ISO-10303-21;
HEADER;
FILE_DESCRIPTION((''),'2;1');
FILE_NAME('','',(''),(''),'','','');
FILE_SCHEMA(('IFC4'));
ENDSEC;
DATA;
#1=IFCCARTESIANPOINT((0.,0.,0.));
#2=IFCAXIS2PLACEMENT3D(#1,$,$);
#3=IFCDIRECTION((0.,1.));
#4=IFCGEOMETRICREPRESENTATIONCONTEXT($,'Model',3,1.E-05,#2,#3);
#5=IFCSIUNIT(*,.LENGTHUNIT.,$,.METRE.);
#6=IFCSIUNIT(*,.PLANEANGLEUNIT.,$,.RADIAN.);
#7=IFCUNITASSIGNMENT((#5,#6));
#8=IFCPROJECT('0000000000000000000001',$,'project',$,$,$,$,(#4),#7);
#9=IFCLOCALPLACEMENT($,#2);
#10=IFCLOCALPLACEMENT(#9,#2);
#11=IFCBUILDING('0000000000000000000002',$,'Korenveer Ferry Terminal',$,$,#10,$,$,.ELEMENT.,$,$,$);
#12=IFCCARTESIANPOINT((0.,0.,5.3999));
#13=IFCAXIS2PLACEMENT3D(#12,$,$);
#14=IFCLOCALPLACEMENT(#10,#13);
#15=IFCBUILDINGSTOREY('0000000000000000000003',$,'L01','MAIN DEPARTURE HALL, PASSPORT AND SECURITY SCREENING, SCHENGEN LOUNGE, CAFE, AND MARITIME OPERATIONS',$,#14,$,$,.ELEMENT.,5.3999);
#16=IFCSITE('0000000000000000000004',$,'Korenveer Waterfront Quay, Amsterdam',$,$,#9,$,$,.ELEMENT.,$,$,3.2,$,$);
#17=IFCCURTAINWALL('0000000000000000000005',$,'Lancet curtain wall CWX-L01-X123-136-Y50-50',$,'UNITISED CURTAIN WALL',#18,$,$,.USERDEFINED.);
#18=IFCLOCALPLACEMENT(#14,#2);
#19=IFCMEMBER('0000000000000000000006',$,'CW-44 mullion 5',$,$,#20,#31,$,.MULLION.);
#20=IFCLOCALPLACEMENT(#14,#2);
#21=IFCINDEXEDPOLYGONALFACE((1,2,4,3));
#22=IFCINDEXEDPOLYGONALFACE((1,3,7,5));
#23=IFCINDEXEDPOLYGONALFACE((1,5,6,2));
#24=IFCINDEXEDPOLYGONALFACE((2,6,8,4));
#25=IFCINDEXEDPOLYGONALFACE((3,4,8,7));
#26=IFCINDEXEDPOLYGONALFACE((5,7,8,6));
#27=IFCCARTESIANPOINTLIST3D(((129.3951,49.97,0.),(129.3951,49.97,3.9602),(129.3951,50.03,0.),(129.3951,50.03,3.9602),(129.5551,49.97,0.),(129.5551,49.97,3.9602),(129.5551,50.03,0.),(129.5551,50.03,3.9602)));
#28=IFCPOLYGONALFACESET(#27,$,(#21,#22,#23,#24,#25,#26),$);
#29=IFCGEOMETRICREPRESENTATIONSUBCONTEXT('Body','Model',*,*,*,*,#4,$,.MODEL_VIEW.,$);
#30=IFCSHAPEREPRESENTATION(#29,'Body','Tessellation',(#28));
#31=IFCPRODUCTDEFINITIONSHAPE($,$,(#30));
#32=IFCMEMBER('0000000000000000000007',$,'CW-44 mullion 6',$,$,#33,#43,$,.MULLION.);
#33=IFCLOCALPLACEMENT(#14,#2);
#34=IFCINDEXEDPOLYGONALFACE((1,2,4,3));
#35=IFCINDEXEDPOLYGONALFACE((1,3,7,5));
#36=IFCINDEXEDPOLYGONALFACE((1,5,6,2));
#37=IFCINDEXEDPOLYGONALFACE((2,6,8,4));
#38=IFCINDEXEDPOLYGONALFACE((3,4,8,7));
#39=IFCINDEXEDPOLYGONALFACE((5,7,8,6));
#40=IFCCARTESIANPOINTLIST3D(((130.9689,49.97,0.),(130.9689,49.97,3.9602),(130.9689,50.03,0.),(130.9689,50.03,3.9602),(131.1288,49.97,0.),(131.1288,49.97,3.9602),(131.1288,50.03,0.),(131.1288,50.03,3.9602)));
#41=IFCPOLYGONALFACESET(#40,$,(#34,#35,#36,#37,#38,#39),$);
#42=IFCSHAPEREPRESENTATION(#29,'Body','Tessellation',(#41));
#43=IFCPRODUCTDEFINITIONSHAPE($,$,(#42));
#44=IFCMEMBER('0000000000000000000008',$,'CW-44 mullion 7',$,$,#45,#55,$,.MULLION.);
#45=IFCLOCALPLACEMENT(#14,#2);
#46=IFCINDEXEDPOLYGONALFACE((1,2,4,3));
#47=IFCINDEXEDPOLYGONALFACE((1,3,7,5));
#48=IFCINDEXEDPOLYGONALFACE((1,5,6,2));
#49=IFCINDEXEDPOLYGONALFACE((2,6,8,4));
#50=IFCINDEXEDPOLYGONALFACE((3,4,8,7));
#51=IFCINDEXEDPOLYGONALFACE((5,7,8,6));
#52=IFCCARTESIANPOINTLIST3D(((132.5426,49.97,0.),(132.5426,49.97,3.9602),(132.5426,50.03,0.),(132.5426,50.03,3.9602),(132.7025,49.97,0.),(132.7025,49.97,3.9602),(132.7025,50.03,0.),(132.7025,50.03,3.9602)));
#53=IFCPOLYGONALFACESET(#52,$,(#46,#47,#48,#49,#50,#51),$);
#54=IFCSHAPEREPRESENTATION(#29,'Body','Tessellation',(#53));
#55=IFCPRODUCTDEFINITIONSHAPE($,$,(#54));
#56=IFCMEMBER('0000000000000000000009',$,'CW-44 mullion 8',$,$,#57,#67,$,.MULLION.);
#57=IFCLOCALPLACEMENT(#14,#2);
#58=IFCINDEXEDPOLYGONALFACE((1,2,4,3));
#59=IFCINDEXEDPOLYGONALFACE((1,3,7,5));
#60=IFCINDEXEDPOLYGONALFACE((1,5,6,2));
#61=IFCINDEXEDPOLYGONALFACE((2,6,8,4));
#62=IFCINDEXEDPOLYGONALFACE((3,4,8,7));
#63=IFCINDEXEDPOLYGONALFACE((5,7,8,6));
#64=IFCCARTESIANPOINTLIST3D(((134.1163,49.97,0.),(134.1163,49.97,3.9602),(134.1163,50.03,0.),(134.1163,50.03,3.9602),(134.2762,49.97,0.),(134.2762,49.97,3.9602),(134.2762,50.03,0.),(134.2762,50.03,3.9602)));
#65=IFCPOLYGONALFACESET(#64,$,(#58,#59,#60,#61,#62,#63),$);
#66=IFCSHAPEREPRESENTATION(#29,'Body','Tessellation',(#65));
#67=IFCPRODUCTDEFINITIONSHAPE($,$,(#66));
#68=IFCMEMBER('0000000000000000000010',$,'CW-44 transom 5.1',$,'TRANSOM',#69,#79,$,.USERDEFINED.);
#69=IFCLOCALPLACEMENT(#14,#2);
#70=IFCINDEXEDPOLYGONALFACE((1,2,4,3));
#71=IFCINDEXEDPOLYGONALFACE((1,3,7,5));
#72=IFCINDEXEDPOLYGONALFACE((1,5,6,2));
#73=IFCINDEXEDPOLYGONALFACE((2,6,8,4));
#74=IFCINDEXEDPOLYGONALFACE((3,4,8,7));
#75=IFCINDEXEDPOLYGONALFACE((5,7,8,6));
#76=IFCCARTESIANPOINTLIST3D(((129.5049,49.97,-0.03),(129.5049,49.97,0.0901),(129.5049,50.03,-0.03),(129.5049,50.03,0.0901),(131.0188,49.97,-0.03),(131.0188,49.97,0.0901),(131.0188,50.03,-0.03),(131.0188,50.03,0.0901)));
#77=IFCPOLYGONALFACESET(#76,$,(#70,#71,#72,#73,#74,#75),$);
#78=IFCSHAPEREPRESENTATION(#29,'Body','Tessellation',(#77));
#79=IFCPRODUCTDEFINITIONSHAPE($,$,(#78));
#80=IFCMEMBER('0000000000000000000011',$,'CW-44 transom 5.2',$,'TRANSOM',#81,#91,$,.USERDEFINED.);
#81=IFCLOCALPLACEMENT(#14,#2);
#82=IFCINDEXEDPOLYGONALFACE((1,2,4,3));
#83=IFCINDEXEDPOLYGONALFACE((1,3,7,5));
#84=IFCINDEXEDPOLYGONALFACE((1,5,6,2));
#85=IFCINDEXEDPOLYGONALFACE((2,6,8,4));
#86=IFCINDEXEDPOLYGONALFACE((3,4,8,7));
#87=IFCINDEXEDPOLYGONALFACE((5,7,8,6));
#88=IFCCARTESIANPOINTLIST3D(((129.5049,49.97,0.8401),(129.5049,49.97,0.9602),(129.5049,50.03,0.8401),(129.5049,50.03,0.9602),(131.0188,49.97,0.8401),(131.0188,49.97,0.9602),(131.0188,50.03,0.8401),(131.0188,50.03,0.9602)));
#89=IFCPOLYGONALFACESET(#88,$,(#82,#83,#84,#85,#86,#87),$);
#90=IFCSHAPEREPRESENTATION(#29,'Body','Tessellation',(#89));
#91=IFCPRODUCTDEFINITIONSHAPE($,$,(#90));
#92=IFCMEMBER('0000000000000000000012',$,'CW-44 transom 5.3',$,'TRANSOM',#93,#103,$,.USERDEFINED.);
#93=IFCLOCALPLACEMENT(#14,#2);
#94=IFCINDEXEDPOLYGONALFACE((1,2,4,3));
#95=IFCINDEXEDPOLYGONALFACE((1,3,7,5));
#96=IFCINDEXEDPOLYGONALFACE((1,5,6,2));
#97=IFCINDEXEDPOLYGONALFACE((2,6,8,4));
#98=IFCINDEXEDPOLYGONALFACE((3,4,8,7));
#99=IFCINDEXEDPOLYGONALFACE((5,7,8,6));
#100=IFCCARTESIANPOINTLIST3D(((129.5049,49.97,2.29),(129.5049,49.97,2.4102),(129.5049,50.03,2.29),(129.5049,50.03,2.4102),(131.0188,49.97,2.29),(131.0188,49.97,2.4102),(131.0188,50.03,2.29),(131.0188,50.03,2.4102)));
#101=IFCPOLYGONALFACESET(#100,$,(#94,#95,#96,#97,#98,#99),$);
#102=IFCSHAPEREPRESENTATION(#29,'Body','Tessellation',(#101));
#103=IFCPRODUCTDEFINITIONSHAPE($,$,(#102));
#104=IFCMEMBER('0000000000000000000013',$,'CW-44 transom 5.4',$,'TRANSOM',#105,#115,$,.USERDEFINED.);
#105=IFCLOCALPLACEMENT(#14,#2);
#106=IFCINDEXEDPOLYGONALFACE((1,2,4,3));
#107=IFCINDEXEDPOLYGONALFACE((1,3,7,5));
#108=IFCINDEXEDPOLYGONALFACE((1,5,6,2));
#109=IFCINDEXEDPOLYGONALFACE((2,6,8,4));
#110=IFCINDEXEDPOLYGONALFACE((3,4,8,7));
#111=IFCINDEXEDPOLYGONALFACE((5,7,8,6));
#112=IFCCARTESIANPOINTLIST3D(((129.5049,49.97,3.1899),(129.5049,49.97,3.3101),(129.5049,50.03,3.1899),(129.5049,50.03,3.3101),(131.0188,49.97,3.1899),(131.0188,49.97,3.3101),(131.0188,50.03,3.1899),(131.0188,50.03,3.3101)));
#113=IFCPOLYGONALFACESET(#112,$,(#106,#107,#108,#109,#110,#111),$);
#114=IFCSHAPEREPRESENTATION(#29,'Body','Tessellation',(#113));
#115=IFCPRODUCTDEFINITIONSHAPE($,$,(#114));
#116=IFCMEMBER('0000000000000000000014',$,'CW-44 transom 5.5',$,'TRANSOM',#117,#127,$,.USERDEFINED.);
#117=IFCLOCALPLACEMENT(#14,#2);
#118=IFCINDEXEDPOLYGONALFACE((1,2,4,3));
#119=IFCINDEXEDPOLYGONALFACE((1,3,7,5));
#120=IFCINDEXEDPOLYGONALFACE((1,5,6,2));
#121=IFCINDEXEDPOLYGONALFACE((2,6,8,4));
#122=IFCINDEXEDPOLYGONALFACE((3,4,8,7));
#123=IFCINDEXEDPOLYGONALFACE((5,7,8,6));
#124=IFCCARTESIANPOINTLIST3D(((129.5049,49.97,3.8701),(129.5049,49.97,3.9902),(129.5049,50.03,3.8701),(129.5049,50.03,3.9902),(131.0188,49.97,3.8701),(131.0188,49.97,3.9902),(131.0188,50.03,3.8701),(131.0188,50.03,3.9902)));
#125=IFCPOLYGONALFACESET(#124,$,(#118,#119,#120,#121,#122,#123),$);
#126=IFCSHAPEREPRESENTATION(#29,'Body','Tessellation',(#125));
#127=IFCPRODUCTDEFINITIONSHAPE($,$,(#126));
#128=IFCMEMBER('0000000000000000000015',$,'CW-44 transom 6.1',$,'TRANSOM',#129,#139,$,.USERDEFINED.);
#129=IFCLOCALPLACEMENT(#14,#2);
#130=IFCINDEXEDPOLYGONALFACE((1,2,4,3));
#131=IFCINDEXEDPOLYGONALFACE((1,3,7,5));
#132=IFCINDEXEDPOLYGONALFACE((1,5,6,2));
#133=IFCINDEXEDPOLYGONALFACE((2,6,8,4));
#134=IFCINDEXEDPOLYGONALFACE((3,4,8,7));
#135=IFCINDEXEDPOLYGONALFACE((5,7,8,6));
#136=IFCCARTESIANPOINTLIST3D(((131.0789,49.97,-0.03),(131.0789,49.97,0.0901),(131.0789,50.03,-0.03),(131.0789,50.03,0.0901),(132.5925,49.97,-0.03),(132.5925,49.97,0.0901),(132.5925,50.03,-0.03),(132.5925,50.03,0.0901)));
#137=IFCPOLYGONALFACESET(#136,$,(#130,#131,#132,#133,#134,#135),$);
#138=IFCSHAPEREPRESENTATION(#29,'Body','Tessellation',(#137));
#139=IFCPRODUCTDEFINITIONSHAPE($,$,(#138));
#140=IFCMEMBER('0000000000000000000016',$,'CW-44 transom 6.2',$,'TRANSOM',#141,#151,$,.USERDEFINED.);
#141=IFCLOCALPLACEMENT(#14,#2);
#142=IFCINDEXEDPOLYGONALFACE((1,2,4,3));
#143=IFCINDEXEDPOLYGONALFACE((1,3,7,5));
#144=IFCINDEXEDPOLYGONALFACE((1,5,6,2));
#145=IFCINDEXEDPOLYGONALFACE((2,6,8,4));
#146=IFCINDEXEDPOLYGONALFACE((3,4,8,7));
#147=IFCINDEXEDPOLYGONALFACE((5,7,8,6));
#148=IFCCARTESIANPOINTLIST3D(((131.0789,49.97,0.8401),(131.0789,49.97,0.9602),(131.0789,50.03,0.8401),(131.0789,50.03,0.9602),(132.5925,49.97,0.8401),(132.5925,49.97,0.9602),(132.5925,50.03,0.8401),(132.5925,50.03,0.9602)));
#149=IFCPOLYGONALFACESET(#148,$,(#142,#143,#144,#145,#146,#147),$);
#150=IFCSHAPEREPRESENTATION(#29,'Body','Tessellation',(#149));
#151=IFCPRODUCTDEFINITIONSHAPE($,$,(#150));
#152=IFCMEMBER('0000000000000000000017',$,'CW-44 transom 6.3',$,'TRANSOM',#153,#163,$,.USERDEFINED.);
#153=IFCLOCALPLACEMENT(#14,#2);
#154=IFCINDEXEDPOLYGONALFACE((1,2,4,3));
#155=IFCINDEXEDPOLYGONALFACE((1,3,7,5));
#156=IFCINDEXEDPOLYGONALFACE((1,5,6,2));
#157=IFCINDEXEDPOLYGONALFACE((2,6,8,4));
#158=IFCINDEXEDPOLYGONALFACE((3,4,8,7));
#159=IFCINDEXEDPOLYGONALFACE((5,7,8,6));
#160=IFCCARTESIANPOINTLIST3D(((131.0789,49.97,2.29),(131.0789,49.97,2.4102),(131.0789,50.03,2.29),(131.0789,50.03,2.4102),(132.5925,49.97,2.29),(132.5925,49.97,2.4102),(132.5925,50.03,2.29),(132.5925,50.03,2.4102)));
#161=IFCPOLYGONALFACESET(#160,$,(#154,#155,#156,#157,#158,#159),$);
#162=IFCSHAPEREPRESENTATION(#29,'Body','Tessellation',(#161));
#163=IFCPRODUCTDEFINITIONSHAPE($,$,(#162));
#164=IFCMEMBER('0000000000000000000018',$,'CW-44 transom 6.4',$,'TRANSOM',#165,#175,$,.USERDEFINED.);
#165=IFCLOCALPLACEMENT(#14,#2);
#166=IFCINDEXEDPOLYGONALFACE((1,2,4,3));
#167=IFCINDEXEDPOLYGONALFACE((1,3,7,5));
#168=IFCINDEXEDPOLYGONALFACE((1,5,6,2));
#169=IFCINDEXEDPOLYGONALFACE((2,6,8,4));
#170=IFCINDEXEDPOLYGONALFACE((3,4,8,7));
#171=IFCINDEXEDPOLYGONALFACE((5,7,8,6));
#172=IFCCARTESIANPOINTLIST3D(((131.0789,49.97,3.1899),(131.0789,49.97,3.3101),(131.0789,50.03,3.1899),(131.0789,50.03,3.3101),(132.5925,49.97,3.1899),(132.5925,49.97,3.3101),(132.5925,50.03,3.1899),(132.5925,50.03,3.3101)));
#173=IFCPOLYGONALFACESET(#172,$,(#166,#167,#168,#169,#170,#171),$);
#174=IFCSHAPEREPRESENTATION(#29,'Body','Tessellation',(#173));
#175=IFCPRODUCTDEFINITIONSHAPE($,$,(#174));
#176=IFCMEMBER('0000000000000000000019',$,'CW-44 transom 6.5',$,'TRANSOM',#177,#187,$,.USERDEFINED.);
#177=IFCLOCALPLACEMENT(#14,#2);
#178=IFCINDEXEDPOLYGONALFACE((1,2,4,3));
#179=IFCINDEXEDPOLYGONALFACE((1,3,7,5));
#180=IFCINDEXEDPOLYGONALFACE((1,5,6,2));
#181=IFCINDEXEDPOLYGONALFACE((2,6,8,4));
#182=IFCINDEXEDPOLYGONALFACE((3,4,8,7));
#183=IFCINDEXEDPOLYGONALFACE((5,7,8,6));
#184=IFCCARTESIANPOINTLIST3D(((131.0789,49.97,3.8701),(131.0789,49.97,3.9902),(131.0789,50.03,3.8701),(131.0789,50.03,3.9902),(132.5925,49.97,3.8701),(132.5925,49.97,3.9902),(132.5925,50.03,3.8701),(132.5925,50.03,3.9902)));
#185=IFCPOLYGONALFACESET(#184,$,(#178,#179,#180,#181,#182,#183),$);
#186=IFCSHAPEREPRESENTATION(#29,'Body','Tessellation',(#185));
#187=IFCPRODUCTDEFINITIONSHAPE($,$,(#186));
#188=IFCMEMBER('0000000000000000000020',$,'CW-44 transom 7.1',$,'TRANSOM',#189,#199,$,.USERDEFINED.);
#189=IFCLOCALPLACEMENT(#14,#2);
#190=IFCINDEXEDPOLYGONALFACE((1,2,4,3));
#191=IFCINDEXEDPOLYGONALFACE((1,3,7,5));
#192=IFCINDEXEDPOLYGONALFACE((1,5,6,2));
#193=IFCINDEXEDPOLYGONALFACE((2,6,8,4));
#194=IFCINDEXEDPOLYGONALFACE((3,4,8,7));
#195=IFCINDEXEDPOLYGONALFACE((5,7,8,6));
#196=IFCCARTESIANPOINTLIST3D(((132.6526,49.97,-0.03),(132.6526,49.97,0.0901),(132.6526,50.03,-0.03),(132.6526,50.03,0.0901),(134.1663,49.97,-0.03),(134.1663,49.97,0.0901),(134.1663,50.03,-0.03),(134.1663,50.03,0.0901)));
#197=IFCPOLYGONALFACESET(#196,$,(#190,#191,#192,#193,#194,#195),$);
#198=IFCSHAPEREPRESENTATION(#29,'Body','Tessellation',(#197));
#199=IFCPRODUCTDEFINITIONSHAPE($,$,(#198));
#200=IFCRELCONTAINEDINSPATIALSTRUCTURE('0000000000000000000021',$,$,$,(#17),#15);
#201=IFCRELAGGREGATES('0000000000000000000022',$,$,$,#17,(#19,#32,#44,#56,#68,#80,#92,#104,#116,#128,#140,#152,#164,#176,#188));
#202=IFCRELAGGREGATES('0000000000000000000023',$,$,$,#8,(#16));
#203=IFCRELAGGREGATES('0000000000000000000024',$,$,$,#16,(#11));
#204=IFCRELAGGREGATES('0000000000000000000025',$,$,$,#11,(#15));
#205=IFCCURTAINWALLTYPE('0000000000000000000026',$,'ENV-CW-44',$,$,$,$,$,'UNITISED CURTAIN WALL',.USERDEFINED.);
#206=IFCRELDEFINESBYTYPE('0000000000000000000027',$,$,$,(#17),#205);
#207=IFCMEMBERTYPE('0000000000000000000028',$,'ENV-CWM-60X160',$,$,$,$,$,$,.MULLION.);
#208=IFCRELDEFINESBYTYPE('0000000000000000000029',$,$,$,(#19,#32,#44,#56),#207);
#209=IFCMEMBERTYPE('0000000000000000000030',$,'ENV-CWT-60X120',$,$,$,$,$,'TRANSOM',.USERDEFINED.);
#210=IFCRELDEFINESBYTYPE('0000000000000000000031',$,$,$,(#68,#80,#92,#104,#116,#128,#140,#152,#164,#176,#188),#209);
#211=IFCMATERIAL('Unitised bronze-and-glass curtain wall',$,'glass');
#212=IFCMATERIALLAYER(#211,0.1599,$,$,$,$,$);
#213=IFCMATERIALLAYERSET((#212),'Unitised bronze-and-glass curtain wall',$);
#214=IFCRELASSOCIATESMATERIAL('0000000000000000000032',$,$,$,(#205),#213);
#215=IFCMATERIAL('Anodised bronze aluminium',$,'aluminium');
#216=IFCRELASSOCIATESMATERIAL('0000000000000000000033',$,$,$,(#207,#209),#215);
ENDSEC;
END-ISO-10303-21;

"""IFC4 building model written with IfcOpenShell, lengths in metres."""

from ifc_helpers import new_model, si_unit, direction, frame, origin, origin_2d, place, context, subcontext, project, spatial, rectangle, extrude, material, layer, layer_set, material_profile, profile_set, type_object, element, aggregate, save


model = new_model("IFC4")

# Units and contexts
model_context = context("Model", 3, precision=1e-05, world=origin(), true_north=direction((0.0, 1.0)))
body_context = subcontext(model_context, "Body", "Model", "MODEL_VIEW")
ifc_project = project(units=[si_unit("LENGTHUNIT", "METRE"), si_unit("PLANEANGLEUNIT", "RADIAN")], contexts=[model_context])

# Site, building, storey
site_placement = place(None, origin())
site = spatial("IfcSite", under=ifc_project, at=site_placement, Name="Korenveer Waterfront Quay, Amsterdam", CompositionType="ELEMENT", RefElevation=3.2)
building_placement = place(site_placement, origin())
building = spatial("IfcBuilding", under=site, at=building_placement, Name="Korenveer Ferry Terminal", CompositionType="ELEMENT")
storey_placement = place(building_placement, frame((0.0, 0.0, 5.3999)))
storey = spatial("IfcBuildingStorey", under=building, at=storey_placement, Name="L01", Description="MAIN DEPARTURE HALL, PASSPORT AND SECURITY SCREENING, SCHENGEN LOUNGE, CAFE, AND MARITIME OPERATIONS", CompositionType="ELEMENT", Elevation=5.3999)

# Curtain wall, members
ifc_material_1 = material(Name="Unitised bronze-and-glass curtain wall", Category="glass")
ifc_layer_1 = layer(ifc_material_1, 0.1599)
ifc_layer_set_1 = layer_set([ifc_layer_1], Name="Unitised bronze-and-glass curtain wall")
curtain_wall_type = type_object("IfcCurtainWallType", Name="ENV-CW-44", ElementType="UNITISED CURTAIN WALL", PredefinedType="USERDEFINED", material=ifc_layer_set_1)
curtain_wall_placement = place(storey_placement, frame((123.1799, 50.0, 0.0)))
curtain_wall = element("IfcCurtainWall", 1, at=curtain_wall_placement, inside=storey, type_object=curtain_wall_type, Name="Lancet curtain wall CWX-L01-X123-136-Y50-50", ObjectType="UNITISED CURTAIN WALL", PredefinedType="USERDEFINED")
ifc_material_2 = material(Name="Anodised bronze aluminium", Category="aluminium")
ifc_material_profile_1 = material_profile(ifc_material_2, rectangle(XDim=0.0601, YDim=0.1599, at=origin_2d()), Name="ALU 60x160")
ifc_profile_set_1 = profile_set([ifc_material_profile_1], Name="Anodised bronze aluminium")
member_type_1 = type_object("IfcMemberType", Name="ENV-CWM-60X160", PredefinedType="MULLION", material=ifc_profile_set_1)
member_1_placement = place(storey_placement, frame((129.4751, 50.0, 0.0), z_axis=(0.0, 0.0, 1.0), x_axis=(0.0, 1.0, 0.0)))
member_1 = element("IfcMember", 2, at=member_1_placement, type_object=member_type_1, Name="CW-44 mullion 5", PredefinedType="MULLION", context=body_context, shape_type="SweptSolid", body=[
    extrude(rectangle(XDim=0.0601, YDim=0.1599, at=origin_2d()), origin(), (0.0, 0.0, 1.0), 3.9602),
])
member_2_placement = place(storey_placement, frame((131.0488, 50.0, 0.0), z_axis=(0.0, 0.0, 1.0), x_axis=(0.0, 1.0, 0.0)))
member_2 = element("IfcMember", 3, at=member_2_placement, type_object=member_type_1, Name="CW-44 mullion 6", PredefinedType="MULLION", context=body_context, shape_type="SweptSolid", body=[
    extrude(rectangle(XDim=0.0601, YDim=0.1599, at=origin_2d()), origin(), (0.0, 0.0, 1.0), 3.9602),
])
member_3_placement = place(storey_placement, frame((132.6226, 50.0, 0.0), z_axis=(0.0, 0.0, 1.0), x_axis=(0.0, 1.0, 0.0)))
member_3 = element("IfcMember", 4, at=member_3_placement, type_object=member_type_1, Name="CW-44 mullion 7", PredefinedType="MULLION", context=body_context, shape_type="SweptSolid", body=[
    extrude(rectangle(XDim=0.0601, YDim=0.1599, at=origin_2d()), origin(), (0.0, 0.0, 1.0), 3.9602),
])
member_4_placement = place(storey_placement, frame((134.1963, 50.0, 0.0), z_axis=(0.0, 0.0, 1.0), x_axis=(0.0, 1.0, 0.0)))
member_4 = element("IfcMember", 5, at=member_4_placement, type_object=member_type_1, Name="CW-44 mullion 8", PredefinedType="MULLION", context=body_context, shape_type="SweptSolid", body=[
    extrude(rectangle(XDim=0.0601, YDim=0.1599, at=origin_2d()), origin(), (0.0, 0.0, 1.0), 3.9602),
])
ifc_material_profile_2 = material_profile(ifc_material_2, rectangle(XDim=0.0601, YDim=0.1201, at=origin_2d()), Name="ALU 60x120")
ifc_profile_set_2 = profile_set([ifc_material_profile_2], Name="Anodised bronze aluminium")
member_type_2 = type_object("IfcMemberType", Name="ENV-CWT-60X120", ElementType="TRANSOM", PredefinedType="USERDEFINED", material=ifc_profile_set_2)
member_5_placement = place(storey_placement, frame((129.5049, 50.0, 0.03), z_axis=(1.0, 0.0, 0.0), x_axis=(0.0, 1.0, 0.0)))
member_5 = element("IfcMember", 6, at=member_5_placement, type_object=member_type_2, Name="CW-44 transom 5.1", ObjectType="TRANSOM", PredefinedType="USERDEFINED", context=body_context, shape_type="SweptSolid", body=[
    extrude(rectangle(XDim=0.0601, YDim=0.1201, at=origin_2d()), origin(), (0.0, 0.0, 1.0), 1.5139),
])
member_6_placement = place(storey_placement, frame((129.5049, 50.0, 0.9001), z_axis=(1.0, 0.0, 0.0), x_axis=(0.0, 1.0, 0.0)))
member_6 = element("IfcMember", 7, at=member_6_placement, type_object=member_type_2, Name="CW-44 transom 5.2", ObjectType="TRANSOM", PredefinedType="USERDEFINED", context=body_context, shape_type="SweptSolid", body=[
    extrude(rectangle(XDim=0.0601, YDim=0.1201, at=origin_2d()), origin(), (0.0, 0.0, 1.0), 1.5139),
])
member_7_placement = place(storey_placement, frame((129.5049, 50.0, 2.3501), z_axis=(1.0, 0.0, 0.0), x_axis=(0.0, 1.0, 0.0)))
member_7 = element("IfcMember", 8, at=member_7_placement, type_object=member_type_2, Name="CW-44 transom 5.3", ObjectType="TRANSOM", PredefinedType="USERDEFINED", context=body_context, shape_type="SweptSolid", body=[
    extrude(rectangle(XDim=0.0601, YDim=0.1201, at=origin_2d()), origin(), (0.0, 0.0, 1.0), 1.5139),
])
member_8_placement = place(storey_placement, frame((129.5049, 50.0, 3.25), z_axis=(1.0, 0.0, 0.0), x_axis=(0.0, 1.0, 0.0)))
member_8 = element("IfcMember", 9, at=member_8_placement, type_object=member_type_2, Name="CW-44 transom 5.4", ObjectType="TRANSOM", PredefinedType="USERDEFINED", context=body_context, shape_type="SweptSolid", body=[
    extrude(rectangle(XDim=0.0601, YDim=0.1201, at=origin_2d()), origin(), (0.0, 0.0, 1.0), 1.5139),
])
member_9_placement = place(storey_placement, frame((129.5049, 50.0, 3.9302), z_axis=(1.0, 0.0, 0.0), x_axis=(0.0, 1.0, 0.0)))
member_9 = element("IfcMember", 10, at=member_9_placement, type_object=member_type_2, Name="CW-44 transom 5.5", ObjectType="TRANSOM", PredefinedType="USERDEFINED", context=body_context, shape_type="SweptSolid", body=[
    extrude(rectangle(XDim=0.0601, YDim=0.1201, at=origin_2d()), origin(), (0.0, 0.0, 1.0), 1.5139),
])
member_10_placement = place(storey_placement, frame((131.0789, 50.0, 0.03), z_axis=(1.0, 0.0, 0.0), x_axis=(0.0, 1.0, 0.0)))
member_10 = element("IfcMember", 11, at=member_10_placement, type_object=member_type_2, Name="CW-44 transom 6.1", ObjectType="TRANSOM", PredefinedType="USERDEFINED", context=body_context, shape_type="SweptSolid", body=[
    extrude(rectangle(XDim=0.0601, YDim=0.1201, at=origin_2d()), origin(), (0.0, 0.0, 1.0), 1.5137),
])
member_11_placement = place(storey_placement, frame((131.0789, 50.0, 0.9001), z_axis=(1.0, 0.0, 0.0), x_axis=(0.0, 1.0, 0.0)))
member_11 = element("IfcMember", 12, at=member_11_placement, type_object=member_type_2, Name="CW-44 transom 6.2", ObjectType="TRANSOM", PredefinedType="USERDEFINED", context=body_context, shape_type="SweptSolid", body=[
    extrude(rectangle(XDim=0.0601, YDim=0.1201, at=origin_2d()), origin(), (0.0, 0.0, 1.0), 1.5137),
])
member_12_placement = place(storey_placement, frame((131.0789, 50.0, 2.3501), z_axis=(1.0, 0.0, 0.0), x_axis=(0.0, 1.0, 0.0)))
member_12 = element("IfcMember", 13, at=member_12_placement, type_object=member_type_2, Name="CW-44 transom 6.3", ObjectType="TRANSOM", PredefinedType="USERDEFINED", context=body_context, shape_type="SweptSolid", body=[
    extrude(rectangle(XDim=0.0601, YDim=0.1201, at=origin_2d()), origin(), (0.0, 0.0, 1.0), 1.5137),
])
member_13_placement = place(storey_placement, frame((131.0789, 50.0, 3.25), z_axis=(1.0, 0.0, 0.0), x_axis=(0.0, 1.0, 0.0)))
member_13 = element("IfcMember", 14, at=member_13_placement, type_object=member_type_2, Name="CW-44 transom 6.4", ObjectType="TRANSOM", PredefinedType="USERDEFINED", context=body_context, shape_type="SweptSolid", body=[
    extrude(rectangle(XDim=0.0601, YDim=0.1201, at=origin_2d()), origin(), (0.0, 0.0, 1.0), 1.5137),
])
member_14_placement = place(storey_placement, frame((131.0789, 50.0, 3.9302), z_axis=(1.0, 0.0, 0.0), x_axis=(0.0, 1.0, 0.0)))
member_14 = element("IfcMember", 15, at=member_14_placement, type_object=member_type_2, Name="CW-44 transom 6.5", ObjectType="TRANSOM", PredefinedType="USERDEFINED", context=body_context, shape_type="SweptSolid", body=[
    extrude(rectangle(XDim=0.0601, YDim=0.1201, at=origin_2d()), origin(), (0.0, 0.0, 1.0), 1.5137),
])
member_15_placement = place(storey_placement, frame((132.6526, 50.0, 0.03), z_axis=(1.0, 0.0, 0.0), x_axis=(0.0, 1.0, 0.0)))
member_15 = element("IfcMember", 16, at=member_15_placement, type_object=member_type_2, Name="CW-44 transom 7.1", ObjectType="TRANSOM", PredefinedType="USERDEFINED", context=body_context, shape_type="SweptSolid", body=[
    extrude(rectangle(XDim=0.0601, YDim=0.1201, at=origin_2d()), origin(), (0.0, 0.0, 1.0), 1.5137),
])
aggregate(curtain_wall, [member_1, member_2, member_3, member_4, member_5, member_6, member_7, member_8, member_9, member_10, member_11, member_12, member_13, member_14, member_15])

save(model, "model.ifc")
